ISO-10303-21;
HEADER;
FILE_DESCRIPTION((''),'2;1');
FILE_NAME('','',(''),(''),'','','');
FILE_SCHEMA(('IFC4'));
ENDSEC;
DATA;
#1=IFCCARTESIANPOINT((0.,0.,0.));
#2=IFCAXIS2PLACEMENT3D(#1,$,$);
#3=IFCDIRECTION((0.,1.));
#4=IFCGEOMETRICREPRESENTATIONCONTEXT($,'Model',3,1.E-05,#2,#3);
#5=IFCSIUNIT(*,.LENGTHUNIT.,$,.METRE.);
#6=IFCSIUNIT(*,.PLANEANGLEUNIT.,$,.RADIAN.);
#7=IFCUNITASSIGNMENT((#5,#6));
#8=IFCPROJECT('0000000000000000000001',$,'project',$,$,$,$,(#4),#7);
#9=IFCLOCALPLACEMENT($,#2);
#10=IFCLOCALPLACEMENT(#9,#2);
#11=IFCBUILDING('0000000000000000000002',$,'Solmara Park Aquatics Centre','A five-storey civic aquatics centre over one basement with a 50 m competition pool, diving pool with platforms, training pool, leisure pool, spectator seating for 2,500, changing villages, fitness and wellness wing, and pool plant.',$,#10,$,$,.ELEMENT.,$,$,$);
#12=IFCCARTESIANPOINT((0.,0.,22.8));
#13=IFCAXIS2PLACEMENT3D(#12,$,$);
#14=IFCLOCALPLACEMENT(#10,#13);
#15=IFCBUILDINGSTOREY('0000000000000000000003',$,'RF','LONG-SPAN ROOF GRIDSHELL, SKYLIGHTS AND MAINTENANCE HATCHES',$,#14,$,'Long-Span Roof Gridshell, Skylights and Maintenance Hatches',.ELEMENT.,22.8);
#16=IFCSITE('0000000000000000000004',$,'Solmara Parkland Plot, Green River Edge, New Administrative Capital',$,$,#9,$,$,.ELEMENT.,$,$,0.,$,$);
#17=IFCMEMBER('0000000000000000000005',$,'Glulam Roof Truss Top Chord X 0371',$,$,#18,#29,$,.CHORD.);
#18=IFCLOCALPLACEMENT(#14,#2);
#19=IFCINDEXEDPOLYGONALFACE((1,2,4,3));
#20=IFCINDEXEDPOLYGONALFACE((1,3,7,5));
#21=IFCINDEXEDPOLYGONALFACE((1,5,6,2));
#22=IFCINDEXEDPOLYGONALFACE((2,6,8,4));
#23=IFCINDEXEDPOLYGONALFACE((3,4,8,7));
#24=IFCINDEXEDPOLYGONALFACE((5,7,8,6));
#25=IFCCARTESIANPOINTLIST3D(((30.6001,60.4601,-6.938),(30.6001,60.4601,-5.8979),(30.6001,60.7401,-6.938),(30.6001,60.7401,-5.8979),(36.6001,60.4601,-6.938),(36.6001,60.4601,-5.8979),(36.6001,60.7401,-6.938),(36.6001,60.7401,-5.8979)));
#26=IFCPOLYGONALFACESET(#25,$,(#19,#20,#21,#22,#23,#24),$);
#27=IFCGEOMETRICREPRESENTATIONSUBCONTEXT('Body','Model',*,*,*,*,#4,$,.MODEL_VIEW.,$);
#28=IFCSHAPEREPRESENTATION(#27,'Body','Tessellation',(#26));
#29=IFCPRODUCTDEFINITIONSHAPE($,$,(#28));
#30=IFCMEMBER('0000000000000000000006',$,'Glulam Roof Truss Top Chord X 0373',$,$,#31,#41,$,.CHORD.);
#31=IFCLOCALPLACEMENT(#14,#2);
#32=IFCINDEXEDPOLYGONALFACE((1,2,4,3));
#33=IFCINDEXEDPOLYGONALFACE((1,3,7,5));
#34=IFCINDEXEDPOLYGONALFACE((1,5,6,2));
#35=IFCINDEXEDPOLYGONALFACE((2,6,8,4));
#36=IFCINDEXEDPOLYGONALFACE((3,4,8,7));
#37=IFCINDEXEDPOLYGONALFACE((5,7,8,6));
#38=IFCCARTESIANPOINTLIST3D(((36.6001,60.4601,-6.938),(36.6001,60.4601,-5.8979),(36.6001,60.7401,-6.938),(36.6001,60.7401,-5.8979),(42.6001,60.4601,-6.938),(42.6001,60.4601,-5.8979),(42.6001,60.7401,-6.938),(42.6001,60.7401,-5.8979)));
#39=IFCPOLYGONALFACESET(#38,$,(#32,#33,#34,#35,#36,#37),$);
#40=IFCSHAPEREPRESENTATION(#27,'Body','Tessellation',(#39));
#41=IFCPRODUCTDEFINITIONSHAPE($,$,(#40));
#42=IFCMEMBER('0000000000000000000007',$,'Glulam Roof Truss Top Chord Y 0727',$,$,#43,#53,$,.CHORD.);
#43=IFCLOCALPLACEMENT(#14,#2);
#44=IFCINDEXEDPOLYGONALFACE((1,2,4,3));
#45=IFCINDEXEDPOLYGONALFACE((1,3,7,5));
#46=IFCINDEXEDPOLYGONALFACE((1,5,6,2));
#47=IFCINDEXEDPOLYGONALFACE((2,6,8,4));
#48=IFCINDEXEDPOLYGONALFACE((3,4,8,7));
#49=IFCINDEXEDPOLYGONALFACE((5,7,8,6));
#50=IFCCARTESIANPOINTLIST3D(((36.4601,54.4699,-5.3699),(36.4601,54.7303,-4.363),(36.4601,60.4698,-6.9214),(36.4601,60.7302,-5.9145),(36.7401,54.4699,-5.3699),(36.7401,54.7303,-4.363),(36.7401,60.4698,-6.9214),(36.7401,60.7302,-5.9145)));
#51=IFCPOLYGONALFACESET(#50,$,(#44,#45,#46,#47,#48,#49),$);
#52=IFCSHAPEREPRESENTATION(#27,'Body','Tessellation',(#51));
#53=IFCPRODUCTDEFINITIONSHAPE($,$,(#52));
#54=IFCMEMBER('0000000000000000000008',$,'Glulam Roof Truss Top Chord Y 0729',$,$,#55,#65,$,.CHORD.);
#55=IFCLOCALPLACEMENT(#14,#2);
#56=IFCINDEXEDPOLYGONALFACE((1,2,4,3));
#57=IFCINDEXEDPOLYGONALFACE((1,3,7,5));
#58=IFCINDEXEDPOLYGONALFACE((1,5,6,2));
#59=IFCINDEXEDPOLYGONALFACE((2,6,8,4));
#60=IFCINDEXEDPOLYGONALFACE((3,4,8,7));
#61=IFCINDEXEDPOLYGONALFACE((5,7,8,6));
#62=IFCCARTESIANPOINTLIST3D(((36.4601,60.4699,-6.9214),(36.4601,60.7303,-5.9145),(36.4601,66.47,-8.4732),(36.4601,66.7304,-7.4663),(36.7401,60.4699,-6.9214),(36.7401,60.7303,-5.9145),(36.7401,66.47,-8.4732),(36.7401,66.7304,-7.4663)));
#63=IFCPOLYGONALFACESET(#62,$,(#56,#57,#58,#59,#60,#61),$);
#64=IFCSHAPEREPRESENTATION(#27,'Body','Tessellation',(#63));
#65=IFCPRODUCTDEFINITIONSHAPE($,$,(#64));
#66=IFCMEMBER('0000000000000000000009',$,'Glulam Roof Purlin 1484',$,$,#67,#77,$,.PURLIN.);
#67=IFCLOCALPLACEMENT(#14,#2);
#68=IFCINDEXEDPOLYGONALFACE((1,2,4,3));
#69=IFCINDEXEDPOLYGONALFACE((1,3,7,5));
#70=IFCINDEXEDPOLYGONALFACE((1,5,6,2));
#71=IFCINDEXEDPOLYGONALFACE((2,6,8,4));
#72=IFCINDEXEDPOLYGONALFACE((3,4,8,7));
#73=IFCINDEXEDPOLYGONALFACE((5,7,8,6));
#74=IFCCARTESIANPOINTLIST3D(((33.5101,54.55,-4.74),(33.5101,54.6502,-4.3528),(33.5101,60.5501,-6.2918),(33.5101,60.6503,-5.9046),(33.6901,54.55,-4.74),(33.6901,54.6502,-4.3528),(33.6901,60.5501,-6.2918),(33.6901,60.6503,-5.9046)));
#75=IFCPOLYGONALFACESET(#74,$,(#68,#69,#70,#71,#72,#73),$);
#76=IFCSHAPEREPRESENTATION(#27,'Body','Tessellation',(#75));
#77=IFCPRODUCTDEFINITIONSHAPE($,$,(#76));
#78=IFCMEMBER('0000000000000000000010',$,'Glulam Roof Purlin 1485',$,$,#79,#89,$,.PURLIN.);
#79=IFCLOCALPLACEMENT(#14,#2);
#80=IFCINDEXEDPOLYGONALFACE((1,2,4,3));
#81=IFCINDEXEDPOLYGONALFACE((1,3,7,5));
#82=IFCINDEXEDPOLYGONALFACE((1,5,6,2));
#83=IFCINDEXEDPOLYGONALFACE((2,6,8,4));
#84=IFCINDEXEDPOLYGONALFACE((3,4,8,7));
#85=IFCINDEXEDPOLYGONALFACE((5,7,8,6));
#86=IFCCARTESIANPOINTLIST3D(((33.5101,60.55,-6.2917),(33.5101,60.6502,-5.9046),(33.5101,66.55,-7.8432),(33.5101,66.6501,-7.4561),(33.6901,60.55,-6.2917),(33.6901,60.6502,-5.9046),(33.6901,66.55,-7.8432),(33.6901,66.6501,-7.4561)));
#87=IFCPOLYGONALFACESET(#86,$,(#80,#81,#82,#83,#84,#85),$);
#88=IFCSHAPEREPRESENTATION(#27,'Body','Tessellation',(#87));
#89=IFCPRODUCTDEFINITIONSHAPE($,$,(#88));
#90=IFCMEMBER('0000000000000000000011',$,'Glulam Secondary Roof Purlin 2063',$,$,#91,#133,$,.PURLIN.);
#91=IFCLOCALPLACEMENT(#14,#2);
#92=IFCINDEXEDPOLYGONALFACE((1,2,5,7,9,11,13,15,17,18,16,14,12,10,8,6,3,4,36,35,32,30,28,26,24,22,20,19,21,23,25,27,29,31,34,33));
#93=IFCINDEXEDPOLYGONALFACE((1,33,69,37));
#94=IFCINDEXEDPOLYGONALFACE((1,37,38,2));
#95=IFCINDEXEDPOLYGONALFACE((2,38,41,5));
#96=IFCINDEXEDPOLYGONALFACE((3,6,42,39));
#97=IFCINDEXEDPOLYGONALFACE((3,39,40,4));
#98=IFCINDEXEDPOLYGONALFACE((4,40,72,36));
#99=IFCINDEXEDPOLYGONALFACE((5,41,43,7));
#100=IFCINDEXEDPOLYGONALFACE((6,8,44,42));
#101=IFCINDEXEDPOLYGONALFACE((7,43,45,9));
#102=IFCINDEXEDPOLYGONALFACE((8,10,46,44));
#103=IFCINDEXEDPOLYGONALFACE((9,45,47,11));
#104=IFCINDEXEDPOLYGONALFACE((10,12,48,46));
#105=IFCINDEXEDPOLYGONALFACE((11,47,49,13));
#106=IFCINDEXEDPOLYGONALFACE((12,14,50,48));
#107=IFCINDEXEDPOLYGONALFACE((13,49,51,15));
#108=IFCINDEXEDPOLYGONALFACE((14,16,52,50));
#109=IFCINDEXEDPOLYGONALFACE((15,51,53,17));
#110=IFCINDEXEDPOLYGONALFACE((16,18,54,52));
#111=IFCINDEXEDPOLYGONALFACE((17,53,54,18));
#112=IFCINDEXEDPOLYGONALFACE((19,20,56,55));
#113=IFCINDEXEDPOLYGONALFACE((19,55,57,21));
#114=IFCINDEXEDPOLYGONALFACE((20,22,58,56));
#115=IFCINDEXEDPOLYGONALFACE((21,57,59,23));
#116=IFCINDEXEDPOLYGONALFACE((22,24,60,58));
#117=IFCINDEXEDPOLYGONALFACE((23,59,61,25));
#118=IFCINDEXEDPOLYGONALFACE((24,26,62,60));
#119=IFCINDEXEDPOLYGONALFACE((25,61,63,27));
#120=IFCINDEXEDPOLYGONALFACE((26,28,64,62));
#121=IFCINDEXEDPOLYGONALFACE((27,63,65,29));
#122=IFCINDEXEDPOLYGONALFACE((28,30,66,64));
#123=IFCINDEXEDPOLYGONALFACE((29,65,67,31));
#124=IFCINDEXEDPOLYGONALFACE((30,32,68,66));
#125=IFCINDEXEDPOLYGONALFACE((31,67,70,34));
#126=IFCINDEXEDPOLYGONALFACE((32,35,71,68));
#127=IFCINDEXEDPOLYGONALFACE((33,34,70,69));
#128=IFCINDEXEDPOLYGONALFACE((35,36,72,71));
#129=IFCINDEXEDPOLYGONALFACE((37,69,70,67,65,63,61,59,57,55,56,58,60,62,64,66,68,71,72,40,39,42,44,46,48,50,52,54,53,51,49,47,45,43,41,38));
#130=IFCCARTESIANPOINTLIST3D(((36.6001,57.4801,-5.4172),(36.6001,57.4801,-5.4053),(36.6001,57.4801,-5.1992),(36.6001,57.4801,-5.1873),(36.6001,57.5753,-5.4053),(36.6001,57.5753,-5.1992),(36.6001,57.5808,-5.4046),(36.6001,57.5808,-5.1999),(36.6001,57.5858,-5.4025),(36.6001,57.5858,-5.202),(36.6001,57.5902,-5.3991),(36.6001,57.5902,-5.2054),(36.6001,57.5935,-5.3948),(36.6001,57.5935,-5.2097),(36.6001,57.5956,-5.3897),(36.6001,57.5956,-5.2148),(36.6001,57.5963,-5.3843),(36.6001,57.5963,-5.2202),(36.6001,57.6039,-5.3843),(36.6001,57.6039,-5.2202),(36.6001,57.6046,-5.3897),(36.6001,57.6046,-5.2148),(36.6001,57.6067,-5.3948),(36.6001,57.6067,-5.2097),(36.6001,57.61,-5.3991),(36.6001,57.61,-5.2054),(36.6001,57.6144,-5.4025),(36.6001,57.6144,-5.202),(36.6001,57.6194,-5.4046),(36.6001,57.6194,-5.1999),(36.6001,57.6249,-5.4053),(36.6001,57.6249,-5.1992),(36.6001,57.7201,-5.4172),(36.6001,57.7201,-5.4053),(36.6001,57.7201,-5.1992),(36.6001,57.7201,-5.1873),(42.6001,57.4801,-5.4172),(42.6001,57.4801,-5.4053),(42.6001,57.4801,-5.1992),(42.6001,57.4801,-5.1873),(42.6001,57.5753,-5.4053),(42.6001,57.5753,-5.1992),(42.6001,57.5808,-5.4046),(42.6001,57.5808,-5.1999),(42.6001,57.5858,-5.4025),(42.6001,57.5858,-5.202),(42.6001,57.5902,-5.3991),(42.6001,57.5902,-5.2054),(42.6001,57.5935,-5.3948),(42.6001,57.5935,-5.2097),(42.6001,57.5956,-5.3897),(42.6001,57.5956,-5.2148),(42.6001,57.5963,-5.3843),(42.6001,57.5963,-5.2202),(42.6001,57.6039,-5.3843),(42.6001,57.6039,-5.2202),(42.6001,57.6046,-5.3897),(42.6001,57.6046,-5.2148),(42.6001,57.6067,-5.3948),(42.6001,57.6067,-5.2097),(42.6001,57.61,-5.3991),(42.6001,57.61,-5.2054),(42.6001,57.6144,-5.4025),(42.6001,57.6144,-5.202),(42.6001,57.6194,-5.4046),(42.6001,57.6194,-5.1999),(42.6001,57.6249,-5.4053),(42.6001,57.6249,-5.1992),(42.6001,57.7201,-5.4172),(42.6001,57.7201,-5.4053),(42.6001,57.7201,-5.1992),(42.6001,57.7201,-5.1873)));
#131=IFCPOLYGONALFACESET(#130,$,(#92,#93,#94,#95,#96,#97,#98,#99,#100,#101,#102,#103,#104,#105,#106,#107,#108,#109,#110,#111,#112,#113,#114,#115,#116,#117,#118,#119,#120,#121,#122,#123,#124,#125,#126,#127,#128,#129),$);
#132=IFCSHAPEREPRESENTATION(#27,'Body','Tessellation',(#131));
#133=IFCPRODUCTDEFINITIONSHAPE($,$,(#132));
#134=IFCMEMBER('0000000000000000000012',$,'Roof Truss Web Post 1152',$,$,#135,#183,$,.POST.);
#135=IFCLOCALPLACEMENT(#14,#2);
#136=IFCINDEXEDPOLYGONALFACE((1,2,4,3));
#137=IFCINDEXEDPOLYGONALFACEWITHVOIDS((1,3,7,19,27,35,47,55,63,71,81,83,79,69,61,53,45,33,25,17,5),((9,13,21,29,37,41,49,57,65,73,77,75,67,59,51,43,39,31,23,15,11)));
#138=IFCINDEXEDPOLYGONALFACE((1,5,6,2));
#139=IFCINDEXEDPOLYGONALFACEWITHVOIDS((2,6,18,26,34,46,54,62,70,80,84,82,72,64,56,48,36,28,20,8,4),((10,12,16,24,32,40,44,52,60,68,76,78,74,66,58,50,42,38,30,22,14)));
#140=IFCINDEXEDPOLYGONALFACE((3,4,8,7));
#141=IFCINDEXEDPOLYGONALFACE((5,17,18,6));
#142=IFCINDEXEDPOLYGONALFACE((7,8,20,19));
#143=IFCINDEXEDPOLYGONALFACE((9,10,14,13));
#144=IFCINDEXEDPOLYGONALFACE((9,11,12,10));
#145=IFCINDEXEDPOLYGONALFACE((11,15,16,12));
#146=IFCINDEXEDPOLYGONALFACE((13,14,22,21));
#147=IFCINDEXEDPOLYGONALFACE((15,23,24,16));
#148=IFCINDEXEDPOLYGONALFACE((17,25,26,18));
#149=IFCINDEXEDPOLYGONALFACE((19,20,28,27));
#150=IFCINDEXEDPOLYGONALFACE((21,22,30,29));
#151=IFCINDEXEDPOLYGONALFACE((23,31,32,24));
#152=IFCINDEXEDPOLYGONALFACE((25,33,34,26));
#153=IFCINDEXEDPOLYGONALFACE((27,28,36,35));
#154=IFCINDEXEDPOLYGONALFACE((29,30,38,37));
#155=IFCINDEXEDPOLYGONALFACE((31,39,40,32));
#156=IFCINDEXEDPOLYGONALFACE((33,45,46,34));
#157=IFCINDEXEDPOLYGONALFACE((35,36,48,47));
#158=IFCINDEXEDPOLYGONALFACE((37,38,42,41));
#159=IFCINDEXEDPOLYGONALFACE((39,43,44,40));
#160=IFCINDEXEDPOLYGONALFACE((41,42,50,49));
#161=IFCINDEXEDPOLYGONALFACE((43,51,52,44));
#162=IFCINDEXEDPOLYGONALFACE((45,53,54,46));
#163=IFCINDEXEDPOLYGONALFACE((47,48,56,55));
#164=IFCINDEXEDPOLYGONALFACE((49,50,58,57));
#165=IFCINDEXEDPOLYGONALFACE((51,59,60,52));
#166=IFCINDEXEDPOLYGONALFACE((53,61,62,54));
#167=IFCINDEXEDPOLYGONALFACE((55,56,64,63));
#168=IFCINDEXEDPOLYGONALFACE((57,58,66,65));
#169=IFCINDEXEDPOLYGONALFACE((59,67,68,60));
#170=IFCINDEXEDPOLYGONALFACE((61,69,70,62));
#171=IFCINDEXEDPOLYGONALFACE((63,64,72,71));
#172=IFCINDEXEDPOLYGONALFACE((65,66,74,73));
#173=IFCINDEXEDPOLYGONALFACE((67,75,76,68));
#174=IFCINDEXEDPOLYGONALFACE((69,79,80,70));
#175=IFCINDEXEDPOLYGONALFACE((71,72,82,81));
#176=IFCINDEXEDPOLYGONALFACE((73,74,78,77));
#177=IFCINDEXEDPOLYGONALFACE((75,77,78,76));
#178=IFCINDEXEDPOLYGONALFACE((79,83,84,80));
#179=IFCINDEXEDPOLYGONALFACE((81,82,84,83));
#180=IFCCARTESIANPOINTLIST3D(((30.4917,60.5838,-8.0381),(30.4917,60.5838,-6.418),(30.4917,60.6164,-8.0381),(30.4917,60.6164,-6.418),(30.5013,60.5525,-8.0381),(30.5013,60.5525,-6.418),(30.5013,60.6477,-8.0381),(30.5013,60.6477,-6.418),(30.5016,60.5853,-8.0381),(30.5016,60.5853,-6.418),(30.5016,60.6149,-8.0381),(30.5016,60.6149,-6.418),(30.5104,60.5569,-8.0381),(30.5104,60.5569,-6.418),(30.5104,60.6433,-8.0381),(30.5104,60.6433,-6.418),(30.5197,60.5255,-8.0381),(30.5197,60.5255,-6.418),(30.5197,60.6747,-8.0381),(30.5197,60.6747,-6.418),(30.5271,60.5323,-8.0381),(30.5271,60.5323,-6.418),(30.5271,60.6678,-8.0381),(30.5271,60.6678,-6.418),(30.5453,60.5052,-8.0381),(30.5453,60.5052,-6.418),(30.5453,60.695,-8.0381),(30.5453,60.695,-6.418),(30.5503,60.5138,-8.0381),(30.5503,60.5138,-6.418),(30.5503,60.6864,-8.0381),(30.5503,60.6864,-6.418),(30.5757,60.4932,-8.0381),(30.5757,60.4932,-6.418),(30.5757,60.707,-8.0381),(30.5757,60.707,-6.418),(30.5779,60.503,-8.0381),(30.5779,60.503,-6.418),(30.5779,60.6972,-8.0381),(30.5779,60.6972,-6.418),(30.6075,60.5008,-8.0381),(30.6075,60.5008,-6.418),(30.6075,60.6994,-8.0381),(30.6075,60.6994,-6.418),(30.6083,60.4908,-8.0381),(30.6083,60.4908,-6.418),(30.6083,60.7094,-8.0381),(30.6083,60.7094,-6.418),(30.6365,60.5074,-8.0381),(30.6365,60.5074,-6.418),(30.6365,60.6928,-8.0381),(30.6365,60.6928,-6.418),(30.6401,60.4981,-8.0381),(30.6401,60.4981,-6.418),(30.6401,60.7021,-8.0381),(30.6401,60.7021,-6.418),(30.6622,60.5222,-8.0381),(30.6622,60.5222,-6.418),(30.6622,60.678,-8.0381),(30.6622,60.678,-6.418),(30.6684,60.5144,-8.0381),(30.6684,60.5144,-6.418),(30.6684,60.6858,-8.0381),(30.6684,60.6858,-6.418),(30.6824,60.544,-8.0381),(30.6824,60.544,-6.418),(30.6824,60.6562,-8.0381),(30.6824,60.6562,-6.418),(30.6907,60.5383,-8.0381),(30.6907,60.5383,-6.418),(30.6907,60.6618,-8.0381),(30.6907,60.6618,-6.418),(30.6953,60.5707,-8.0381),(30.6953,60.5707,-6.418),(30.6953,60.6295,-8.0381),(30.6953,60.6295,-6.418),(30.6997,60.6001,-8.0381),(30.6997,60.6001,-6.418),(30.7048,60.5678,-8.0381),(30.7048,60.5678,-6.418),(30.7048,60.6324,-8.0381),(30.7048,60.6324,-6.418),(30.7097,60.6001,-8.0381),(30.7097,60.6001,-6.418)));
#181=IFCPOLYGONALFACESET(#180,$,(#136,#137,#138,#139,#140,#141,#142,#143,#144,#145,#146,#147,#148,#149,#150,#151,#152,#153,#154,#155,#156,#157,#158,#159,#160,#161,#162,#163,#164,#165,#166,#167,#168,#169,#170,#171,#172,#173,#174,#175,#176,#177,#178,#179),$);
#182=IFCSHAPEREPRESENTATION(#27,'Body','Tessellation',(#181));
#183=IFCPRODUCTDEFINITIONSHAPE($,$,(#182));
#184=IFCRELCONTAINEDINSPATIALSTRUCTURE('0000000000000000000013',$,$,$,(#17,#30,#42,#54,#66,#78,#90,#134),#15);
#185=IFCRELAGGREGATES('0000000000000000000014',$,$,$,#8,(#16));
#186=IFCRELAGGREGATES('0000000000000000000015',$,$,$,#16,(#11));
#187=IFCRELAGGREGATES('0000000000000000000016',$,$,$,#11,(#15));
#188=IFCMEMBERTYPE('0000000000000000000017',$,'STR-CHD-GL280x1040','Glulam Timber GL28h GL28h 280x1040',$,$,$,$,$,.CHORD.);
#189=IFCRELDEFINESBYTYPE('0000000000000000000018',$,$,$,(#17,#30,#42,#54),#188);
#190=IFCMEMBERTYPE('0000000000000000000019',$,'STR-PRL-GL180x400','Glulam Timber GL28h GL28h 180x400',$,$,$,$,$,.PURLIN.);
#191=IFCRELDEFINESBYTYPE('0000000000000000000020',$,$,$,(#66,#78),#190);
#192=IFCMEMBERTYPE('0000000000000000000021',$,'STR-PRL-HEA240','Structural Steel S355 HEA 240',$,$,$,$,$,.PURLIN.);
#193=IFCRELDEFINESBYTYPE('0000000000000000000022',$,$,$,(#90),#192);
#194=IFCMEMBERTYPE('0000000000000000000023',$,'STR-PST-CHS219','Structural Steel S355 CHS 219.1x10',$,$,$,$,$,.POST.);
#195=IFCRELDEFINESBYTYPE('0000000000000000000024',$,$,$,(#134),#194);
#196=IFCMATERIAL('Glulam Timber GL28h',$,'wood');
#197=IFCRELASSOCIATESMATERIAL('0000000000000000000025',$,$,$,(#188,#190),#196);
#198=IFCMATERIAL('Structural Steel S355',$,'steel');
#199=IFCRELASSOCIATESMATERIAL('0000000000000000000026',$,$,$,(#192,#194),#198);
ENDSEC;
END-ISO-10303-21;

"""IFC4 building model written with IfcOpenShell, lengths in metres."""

from ifc_helpers import new_model, si_unit, direction, frame, origin, origin_2d, place, context, subcontext, project, spatial, rectangle, hollow_circle, i_section, extrude, material, material_profile, profile_set, type_object, element, save


model = new_model("IFC4")

# Units and contexts
model_context = context("Model", 3, precision=1e-05, world=origin(), true_north=direction((0.0, 1.0)))
body_context = subcontext(model_context, "Body", "Model", "MODEL_VIEW")
ifc_project = project(units=[si_unit("LENGTHUNIT", "METRE"), si_unit("PLANEANGLEUNIT", "RADIAN")], contexts=[model_context])

# Site, building, storey
site_placement = place(None, origin())
site = spatial("IfcSite", under=ifc_project, at=site_placement, Name="Solmara Parkland Plot, Green River Edge, New Administrative Capital", CompositionType="ELEMENT", RefElevation=0.0)
building_placement = place(site_placement, origin())
building = spatial("IfcBuilding", under=site, at=building_placement, Name="Solmara Park Aquatics Centre", Description="A five-storey civic aquatics centre over one basement with a 50 m competition pool, diving pool with platforms, training pool, leisure pool, spectator seating for 2,500, changing villages, fitness and wellness wing, and pool plant.", CompositionType="ELEMENT")
storey_placement = place(building_placement, frame((0.0, 0.0, 22.8)))
storey = spatial("IfcBuildingStorey", under=building, at=storey_placement, Name="RF", Description="LONG-SPAN ROOF GRIDSHELL, SKYLIGHTS AND MAINTENANCE HATCHES", LongName="Long-Span Roof Gridshell, Skylights and Maintenance Hatches", CompositionType="ELEMENT", Elevation=22.8)

# Members
ifc_material_1 = material(Name="Structural Steel S355", Category="steel")
ifc_material_2 = material(Name="Glulam Timber GL28h", Category="wood")
ifc_material_profile_1 = material_profile(ifc_material_2, rectangle(XDim=0.28, YDim=1.04, at=origin_2d()), Name="GL28h 280x1040")
ifc_profile_set_1 = profile_set([ifc_material_profile_1], Name="Glulam Timber GL28h")
member_type_1 = type_object("IfcMemberType", Name="STR-CHD-GL280x1040", Description="Glulam Timber GL28h GL28h 280x1040", PredefinedType="CHORD", material=ifc_profile_set_1)
for number, where, z_axis, x_axis, name in (
    (1, (30.6001, 60.6001, -6.418), (1.0, 0.0, 0.0), (0.0, 1.0, 0.0), "Glulam Roof Truss Top Chord X 0371"),
    (2, (36.6001, 60.6001, -6.418), (1.0, 0.0, 0.0), (0.0, 1.0, 0.0), "Glulam Roof Truss Top Chord X 0373"),
):
    element("IfcMember", number, at=place(storey_placement, frame(where, z_axis=z_axis, x_axis=x_axis)), inside=storey, type_object=member_type_1, Name=name, PredefinedType="CHORD", context=body_context, shape_type="SweptSolid", body=[
        extrude(rectangle(XDim=0.28, YDim=1.04, at=origin_2d()), origin(), (0.0, 0.0, 1.0), 6.0),
    ])
member_1_placement = place(storey_placement, frame((36.6001, 54.6001, -4.8665), z_axis=(0.0, 0.968155, -0.250351), x_axis=(-1.0, 0.0, 0.0)))
element("IfcMember", 3, at=member_1_placement, inside=storey, type_object=member_type_1, Name="Glulam Roof Truss Top Chord Y 0727", PredefinedType="CHORD", context=body_context, shape_type="SweptSolid", body=[
    extrude(rectangle(XDim=0.28, YDim=1.04, at=origin_2d()), origin(), (0.0, 0.0, 1.0), 6.1973),
])
member_2_placement = place(storey_placement, frame((36.6001, 60.6001, -6.418), z_axis=(0.0, 0.968146, -0.250388), x_axis=(-1.0, 0.0, 0.0)))
element("IfcMember", 4, at=member_2_placement, inside=storey, type_object=member_type_1, Name="Glulam Roof Truss Top Chord Y 0729", PredefinedType="CHORD", context=body_context, shape_type="SweptSolid", body=[
    extrude(rectangle(XDim=0.28, YDim=1.04, at=origin_2d()), origin(), (0.0, 0.0, 1.0), 6.1975),
])
ifc_material_profile_2 = material_profile(ifc_material_2, rectangle(XDim=0.1799, YDim=0.3999, at=origin_2d()), Name="GL28h 180x400")
ifc_profile_set_2 = profile_set([ifc_material_profile_2], Name="Glulam Timber GL28h")
member_type_2 = type_object("IfcMemberType", Name="STR-PRL-GL180x400", Description="Glulam Timber GL28h GL28h 180x400", PredefinedType="PURLIN", material=ifc_profile_set_2)
member_3_placement = place(storey_placement, frame((33.6001, 54.6001, -4.5464), z_axis=(0.0, 0.968146, -0.250388), x_axis=(-1.0, 0.0, 0.0)))
element("IfcMember", 5, at=member_3_placement, inside=storey, type_object=member_type_2, Name="Glulam Roof Purlin 1484", PredefinedType="PURLIN", context=body_context, shape_type="SweptSolid", body=[
    extrude(rectangle(XDim=0.1799, YDim=0.3999, at=origin_2d()), origin(), (0.0, 0.0, 1.0), 6.1975),
])
member_4_placement = place(storey_placement, frame((33.6001, 60.6001, -6.0981), z_axis=(0.0, 0.968155, -0.250351), x_axis=(-1.0, 0.0, 0.0)))
element("IfcMember", 6, at=member_4_placement, inside=storey, type_object=member_type_2, Name="Glulam Roof Purlin 1485", PredefinedType="PURLIN", context=body_context, shape_type="SweptSolid", body=[
    extrude(rectangle(XDim=0.1799, YDim=0.3999, at=origin_2d()), origin(), (0.0, 0.0, 1.0), 6.1973),
])
ifc_material_profile_3 = material_profile(ifc_material_1, i_section(OverallWidth=0.24, OverallDepth=0.23, WebThickness=0.0076, FlangeThickness=0.012, FilletRadius=0.021, at=origin_2d()), Name="HEA 240")
ifc_profile_set_3 = profile_set([ifc_material_profile_3], Name="Structural Steel S355")
member_type_3 = type_object("IfcMemberType", Name="STR-PRL-HEA240", Description="Structural Steel S355 HEA 240", PredefinedType="PURLIN", material=ifc_profile_set_3)
member_5_placement = place(storey_placement, frame((36.6001, 57.6001, -5.3022), z_axis=(1.0, 0.0, 0.0), x_axis=(0.0, 1.0, 0.0)))
element("IfcMember", 7, at=member_5_placement, inside=storey, type_object=member_type_3, Name="Glulam Secondary Roof Purlin 2063", PredefinedType="PURLIN", context=body_context, shape_type="SweptSolid", body=[
    extrude(i_section(OverallWidth=0.24, OverallDepth=0.23, WebThickness=0.0076, FlangeThickness=0.012, FilletRadius=0.021, at=origin_2d()), origin(), (0.0, 0.0, 1.0), 6.0),
])
ifc_material_profile_4 = material_profile(ifc_material_1, hollow_circle(Radius=0.1096, WallThickness=0.01, at=origin_2d()), Name="CHS 219.1x10")
ifc_profile_set_4 = profile_set([ifc_material_profile_4], Name="Structural Steel S355")
member_type_4 = type_object("IfcMemberType", Name="STR-PST-CHS219", Description="Structural Steel S355 CHS 219.1x10", PredefinedType="POST", material=ifc_profile_set_4)
member_6_placement = place(storey_placement, frame((30.6001, 60.6001, -8.0381), z_axis=(0.0, 0.0, 1.0), x_axis=(1.0, 0.0, 0.0)))
element("IfcMember", 8, at=member_6_placement, inside=storey, type_object=member_type_4, Name="Roof Truss Web Post 1152", PredefinedType="POST", context=body_context, shape_type="SweptSolid", body=[
    extrude(hollow_circle(Radius=0.1096, WallThickness=0.01, at=origin_2d()), origin(), (0.0, 0.0, 1.0), 1.6201),
])

save(model, "model.ifc")
